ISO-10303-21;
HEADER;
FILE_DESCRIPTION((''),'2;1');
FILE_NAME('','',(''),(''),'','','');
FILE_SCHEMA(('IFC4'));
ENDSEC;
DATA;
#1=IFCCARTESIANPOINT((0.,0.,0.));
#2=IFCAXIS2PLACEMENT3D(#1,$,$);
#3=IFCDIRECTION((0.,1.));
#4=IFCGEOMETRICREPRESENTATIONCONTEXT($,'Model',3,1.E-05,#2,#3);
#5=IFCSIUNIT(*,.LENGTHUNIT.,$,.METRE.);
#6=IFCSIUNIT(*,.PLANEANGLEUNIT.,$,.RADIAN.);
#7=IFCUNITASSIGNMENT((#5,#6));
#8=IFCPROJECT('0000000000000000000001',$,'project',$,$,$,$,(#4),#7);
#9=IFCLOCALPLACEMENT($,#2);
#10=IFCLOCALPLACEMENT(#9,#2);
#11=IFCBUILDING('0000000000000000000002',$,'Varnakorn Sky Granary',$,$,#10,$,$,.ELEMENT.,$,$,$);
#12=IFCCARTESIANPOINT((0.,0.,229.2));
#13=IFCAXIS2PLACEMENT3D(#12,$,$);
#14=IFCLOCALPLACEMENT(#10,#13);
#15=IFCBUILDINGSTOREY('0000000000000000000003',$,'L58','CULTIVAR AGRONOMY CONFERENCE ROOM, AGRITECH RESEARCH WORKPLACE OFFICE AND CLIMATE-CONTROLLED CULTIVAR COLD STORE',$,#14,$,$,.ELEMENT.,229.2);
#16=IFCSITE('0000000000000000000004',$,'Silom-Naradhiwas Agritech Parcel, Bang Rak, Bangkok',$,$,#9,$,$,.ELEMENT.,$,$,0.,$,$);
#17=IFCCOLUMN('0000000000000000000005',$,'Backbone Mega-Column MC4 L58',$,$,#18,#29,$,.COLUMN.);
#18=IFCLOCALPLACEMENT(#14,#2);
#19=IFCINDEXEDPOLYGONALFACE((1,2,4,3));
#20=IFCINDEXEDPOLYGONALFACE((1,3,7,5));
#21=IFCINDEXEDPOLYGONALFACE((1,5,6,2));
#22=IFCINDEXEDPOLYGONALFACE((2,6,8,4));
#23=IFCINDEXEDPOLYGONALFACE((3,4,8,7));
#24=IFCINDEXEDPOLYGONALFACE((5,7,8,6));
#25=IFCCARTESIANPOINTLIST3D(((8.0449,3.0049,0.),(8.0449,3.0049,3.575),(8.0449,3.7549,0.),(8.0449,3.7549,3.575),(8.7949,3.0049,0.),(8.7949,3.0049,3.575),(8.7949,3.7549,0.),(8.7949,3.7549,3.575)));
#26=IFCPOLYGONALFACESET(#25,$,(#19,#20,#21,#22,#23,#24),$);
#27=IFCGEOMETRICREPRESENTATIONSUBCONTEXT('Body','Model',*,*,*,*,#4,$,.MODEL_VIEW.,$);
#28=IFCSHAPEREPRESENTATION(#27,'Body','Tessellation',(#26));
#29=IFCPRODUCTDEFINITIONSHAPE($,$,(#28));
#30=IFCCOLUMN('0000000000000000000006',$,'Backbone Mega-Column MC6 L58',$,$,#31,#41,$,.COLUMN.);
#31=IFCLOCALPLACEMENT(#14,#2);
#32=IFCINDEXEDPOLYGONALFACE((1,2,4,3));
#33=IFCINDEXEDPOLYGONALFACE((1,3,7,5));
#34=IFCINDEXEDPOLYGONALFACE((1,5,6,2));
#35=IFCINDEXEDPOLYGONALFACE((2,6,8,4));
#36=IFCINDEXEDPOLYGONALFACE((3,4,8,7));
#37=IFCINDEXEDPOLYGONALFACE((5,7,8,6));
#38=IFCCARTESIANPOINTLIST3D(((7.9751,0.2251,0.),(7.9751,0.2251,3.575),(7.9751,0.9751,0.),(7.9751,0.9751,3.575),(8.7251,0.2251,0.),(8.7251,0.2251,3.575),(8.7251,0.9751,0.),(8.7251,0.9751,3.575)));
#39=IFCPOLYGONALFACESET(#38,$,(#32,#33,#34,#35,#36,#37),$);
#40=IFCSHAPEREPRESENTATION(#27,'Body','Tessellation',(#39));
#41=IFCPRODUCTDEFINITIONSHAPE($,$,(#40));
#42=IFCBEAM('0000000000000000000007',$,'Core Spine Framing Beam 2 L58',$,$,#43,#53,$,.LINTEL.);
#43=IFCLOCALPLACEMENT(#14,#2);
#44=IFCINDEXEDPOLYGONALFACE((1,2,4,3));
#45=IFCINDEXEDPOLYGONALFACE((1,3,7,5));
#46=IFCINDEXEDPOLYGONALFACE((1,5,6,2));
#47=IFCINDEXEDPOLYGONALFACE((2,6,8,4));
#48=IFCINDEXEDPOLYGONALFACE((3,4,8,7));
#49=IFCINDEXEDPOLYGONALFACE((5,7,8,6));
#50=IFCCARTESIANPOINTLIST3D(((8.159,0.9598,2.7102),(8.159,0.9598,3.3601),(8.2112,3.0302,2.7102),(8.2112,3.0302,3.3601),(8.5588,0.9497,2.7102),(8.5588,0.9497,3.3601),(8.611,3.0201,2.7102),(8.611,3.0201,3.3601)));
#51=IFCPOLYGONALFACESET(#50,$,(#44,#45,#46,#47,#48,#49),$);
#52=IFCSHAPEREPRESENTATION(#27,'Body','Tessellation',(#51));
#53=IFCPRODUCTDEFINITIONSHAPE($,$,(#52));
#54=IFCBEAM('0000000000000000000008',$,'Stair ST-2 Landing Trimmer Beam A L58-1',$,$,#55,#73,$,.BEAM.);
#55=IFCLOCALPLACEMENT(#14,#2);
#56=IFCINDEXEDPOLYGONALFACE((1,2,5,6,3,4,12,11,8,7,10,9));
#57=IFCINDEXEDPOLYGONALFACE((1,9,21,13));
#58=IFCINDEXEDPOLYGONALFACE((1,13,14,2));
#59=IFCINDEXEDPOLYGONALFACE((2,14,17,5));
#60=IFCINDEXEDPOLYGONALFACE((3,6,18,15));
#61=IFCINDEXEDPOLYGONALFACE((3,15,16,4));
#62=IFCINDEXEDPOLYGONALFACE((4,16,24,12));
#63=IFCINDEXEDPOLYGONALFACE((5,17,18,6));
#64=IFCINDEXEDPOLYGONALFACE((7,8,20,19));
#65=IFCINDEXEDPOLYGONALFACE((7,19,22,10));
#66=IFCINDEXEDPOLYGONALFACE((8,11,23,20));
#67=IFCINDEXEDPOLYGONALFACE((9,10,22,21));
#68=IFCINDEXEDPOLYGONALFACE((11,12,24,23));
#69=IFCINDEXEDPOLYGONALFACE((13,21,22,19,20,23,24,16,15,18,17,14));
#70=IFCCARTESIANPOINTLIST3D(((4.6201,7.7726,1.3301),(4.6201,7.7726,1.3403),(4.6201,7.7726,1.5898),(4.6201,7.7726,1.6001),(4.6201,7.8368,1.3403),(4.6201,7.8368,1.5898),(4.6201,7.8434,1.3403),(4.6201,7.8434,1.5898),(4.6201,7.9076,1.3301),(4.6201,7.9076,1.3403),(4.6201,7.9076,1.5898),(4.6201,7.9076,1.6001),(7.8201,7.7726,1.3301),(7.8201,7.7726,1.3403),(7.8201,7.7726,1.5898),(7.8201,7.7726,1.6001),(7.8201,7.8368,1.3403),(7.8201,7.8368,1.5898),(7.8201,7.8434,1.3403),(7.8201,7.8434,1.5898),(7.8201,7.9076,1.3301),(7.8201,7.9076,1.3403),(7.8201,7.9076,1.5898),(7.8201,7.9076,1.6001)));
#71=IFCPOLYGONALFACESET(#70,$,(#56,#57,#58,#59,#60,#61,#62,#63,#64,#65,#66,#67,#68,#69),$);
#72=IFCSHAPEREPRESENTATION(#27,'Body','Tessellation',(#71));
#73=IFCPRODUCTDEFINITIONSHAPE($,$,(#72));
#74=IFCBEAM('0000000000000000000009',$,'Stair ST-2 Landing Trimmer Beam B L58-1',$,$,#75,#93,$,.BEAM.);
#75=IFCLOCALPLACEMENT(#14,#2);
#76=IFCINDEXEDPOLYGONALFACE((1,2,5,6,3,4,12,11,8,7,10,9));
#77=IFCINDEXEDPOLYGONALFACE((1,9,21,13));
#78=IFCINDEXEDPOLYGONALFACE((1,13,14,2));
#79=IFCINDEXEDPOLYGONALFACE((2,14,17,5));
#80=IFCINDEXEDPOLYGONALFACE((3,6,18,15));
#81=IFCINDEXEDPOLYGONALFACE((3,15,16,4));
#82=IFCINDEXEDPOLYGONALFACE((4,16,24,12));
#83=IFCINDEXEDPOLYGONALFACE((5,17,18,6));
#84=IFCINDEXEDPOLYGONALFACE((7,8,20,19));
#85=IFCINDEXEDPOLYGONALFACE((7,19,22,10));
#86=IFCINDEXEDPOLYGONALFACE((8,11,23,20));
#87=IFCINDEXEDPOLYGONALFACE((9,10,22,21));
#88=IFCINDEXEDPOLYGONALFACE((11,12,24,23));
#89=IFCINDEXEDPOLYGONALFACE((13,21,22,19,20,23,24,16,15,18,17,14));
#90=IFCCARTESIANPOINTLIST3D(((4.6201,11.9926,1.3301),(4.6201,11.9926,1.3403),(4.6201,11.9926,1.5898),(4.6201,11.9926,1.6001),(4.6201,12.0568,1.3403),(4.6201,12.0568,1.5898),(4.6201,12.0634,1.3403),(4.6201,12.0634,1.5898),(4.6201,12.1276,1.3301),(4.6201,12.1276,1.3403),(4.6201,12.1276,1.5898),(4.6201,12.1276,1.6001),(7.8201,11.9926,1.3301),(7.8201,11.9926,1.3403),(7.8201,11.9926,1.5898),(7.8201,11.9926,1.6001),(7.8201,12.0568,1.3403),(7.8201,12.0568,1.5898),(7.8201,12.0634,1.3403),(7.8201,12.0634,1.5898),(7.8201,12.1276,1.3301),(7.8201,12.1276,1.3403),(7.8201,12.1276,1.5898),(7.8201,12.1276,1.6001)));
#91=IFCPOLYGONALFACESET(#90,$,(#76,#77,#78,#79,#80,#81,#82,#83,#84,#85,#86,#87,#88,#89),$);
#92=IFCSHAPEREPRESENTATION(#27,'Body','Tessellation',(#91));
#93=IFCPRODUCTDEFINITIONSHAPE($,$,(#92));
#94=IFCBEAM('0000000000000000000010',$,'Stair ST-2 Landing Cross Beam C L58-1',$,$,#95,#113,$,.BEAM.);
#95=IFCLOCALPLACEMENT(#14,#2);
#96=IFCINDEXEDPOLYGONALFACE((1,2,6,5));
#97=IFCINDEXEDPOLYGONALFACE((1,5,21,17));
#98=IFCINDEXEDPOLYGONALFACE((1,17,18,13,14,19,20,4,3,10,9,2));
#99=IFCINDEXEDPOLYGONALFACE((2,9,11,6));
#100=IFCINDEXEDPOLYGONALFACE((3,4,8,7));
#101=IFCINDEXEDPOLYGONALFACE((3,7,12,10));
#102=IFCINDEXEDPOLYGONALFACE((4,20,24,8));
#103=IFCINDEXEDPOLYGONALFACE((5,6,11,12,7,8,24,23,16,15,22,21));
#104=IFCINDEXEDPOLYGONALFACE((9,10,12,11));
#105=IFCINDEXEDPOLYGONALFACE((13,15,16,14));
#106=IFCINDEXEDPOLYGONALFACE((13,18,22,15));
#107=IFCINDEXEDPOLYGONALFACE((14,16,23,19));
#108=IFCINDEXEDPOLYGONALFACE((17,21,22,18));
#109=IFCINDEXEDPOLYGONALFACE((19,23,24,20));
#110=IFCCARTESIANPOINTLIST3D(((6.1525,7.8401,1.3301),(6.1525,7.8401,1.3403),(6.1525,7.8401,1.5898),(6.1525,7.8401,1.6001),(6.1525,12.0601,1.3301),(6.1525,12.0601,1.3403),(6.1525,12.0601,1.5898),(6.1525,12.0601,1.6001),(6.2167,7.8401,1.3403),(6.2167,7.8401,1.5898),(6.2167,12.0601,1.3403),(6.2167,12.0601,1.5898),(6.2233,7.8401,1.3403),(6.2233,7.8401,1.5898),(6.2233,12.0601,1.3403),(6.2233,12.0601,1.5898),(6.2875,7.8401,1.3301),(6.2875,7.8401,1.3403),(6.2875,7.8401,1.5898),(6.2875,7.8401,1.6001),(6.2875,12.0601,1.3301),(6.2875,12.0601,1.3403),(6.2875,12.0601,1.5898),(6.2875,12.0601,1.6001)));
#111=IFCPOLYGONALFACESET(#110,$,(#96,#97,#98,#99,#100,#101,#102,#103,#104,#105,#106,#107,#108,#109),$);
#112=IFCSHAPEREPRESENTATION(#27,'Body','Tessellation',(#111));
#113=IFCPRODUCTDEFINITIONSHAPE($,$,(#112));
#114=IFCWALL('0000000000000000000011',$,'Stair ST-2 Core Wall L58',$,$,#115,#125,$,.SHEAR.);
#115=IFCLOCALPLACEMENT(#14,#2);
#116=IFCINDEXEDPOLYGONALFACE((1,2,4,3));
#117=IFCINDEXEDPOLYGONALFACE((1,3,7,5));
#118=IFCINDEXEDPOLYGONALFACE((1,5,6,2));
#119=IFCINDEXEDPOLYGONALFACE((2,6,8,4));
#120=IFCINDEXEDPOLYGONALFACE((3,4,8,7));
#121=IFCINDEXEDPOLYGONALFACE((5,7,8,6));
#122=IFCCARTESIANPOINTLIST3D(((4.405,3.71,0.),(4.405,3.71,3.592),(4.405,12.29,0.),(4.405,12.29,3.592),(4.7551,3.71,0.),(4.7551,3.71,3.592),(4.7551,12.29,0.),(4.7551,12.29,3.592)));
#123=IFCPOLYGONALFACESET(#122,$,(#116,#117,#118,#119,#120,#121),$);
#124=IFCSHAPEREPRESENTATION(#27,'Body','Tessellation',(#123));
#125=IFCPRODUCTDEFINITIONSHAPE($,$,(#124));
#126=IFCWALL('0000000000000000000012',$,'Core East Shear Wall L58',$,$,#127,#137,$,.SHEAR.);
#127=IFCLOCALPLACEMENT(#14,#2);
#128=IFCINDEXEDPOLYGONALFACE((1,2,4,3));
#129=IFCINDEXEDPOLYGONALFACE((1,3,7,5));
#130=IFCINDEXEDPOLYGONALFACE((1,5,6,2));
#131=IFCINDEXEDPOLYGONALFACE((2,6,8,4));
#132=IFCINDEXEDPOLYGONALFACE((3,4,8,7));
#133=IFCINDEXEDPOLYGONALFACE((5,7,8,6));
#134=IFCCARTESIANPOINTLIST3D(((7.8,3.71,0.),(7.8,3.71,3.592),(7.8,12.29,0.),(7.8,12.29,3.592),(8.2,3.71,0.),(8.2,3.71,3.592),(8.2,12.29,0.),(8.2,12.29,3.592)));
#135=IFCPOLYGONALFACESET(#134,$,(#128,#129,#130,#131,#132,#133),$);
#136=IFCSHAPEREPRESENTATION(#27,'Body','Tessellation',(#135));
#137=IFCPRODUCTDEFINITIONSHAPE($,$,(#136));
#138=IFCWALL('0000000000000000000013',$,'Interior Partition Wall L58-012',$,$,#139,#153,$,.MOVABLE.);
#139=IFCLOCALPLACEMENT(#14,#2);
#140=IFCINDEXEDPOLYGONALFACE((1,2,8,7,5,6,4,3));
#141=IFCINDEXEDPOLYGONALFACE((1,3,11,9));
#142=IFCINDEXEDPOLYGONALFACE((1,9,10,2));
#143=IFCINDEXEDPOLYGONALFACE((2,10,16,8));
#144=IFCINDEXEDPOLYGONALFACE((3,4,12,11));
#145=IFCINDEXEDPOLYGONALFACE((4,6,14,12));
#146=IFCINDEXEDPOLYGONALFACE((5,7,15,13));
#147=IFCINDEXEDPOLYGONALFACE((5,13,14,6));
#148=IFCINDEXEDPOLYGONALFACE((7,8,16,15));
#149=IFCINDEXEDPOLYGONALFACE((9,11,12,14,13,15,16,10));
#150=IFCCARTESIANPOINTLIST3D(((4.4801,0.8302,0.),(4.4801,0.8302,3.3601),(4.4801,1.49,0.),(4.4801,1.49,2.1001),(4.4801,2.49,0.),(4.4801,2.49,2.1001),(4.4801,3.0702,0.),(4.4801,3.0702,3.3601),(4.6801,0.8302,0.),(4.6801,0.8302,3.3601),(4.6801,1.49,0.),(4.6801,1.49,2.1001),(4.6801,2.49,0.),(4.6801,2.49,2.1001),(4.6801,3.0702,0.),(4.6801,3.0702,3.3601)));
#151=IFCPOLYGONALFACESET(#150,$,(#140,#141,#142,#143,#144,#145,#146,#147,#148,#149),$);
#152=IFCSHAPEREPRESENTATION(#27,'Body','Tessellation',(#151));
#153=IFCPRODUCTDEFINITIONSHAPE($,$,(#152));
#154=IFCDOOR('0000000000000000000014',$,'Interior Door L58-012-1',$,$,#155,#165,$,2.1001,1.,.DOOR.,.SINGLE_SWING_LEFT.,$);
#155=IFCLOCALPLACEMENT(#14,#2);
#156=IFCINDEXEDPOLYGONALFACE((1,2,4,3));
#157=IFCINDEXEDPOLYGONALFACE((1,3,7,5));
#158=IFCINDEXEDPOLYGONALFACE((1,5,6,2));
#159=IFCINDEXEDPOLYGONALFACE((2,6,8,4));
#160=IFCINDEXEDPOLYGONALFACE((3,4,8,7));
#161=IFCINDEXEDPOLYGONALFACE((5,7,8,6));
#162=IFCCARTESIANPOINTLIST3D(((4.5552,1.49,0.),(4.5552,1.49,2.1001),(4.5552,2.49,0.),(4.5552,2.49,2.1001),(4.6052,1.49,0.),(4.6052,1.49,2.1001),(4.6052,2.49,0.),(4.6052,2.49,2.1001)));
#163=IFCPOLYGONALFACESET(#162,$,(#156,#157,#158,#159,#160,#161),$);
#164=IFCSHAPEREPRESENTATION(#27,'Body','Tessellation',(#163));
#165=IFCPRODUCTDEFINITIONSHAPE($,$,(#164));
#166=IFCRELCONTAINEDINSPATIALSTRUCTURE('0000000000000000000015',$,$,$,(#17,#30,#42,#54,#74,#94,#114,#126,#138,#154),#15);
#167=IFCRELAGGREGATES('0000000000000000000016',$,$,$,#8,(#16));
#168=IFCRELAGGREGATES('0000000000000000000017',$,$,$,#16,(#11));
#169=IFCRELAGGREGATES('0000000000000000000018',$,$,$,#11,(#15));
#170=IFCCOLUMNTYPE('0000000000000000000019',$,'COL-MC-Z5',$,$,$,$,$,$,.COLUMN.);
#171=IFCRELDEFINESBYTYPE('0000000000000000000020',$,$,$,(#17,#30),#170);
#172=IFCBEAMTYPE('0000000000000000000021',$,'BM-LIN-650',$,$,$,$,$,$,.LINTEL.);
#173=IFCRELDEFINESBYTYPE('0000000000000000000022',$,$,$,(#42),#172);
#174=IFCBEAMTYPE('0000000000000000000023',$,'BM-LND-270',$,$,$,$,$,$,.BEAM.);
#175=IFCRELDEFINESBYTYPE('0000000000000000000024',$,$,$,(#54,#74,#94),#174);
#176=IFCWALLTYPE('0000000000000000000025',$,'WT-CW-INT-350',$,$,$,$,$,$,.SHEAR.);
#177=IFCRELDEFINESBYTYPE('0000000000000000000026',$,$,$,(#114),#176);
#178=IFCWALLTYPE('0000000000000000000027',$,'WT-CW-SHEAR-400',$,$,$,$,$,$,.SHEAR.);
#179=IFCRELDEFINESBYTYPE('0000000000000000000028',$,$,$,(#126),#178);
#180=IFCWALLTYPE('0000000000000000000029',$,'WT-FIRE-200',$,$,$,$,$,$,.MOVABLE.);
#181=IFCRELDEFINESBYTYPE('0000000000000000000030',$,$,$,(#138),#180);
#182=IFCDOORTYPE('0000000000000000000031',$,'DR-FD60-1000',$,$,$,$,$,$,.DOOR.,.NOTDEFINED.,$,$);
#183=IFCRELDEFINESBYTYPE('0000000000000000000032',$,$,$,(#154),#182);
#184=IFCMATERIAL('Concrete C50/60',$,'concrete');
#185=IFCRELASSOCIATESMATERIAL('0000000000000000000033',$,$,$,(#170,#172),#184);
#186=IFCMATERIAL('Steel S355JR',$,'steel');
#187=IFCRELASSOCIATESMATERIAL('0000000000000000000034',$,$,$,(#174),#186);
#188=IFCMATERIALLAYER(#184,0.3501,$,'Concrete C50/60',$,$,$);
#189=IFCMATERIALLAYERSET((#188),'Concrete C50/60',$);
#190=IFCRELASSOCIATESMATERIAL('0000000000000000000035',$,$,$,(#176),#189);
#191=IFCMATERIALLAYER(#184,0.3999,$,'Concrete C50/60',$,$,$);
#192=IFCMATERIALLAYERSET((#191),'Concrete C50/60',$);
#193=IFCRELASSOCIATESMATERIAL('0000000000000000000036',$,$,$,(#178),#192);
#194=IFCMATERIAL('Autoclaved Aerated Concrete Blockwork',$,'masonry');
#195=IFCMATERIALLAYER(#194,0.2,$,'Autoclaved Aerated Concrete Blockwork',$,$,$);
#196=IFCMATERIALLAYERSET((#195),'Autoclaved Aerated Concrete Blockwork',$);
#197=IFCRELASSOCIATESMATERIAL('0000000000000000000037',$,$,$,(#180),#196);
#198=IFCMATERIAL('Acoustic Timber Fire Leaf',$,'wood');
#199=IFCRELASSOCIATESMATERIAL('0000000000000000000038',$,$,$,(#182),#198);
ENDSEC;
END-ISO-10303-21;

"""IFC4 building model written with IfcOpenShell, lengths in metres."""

from ifc_helpers import new_model, si_unit, direction, frame, frame_2d, origin, origin_2d, place, context, subcontext, project, spatial, rectangle, i_section, extrude, material, layer, layer_set, material_profile, profile_set, type_object, element, fill, save


model = new_model("IFC4")

# Units and contexts
model_context = context("Model", 3, precision=1e-05, world=origin(), true_north=direction((0.0, 1.0)))
body_context = subcontext(model_context, "Body", "Model", "MODEL_VIEW")
ifc_project = project(units=[si_unit("LENGTHUNIT", "METRE"), si_unit("PLANEANGLEUNIT", "RADIAN")], contexts=[model_context])

# Site, building, storey
site_placement = place(None, origin())
site = spatial("IfcSite", under=ifc_project, at=site_placement, Name="Silom-Naradhiwas Agritech Parcel, Bang Rak, Bangkok", CompositionType="ELEMENT", RefElevation=0.0)
building_placement = place(site_placement, origin())
building = spatial("IfcBuilding", under=site, at=building_placement, Name="Varnakorn Sky Granary", CompositionType="ELEMENT")
storey_placement = place(building_placement, frame((0.0, 0.0, 229.2)))
storey = spatial("IfcBuildingStorey", under=building, at=storey_placement, Name="L58", Description="CULTIVAR AGRONOMY CONFERENCE ROOM, AGRITECH RESEARCH WORKPLACE OFFICE AND CLIMATE-CONTROLLED CULTIVAR COLD STORE", CompositionType="ELEMENT", Elevation=229.2)

# Columns
ifc_material_1 = material(Name="Concrete C50/60", Category="concrete")
ifc_material_profile_1 = material_profile(ifc_material_1, rectangle(XDim=0.75, YDim=0.75, at=origin_2d()), Name="RC 750x750")
ifc_profile_set_1 = profile_set([ifc_material_profile_1], Name="Concrete C50/60")
column_type = type_object("IfcColumnType", Name="COL-MC-Z5", PredefinedType="COLUMN", material=ifc_profile_set_1)
for number, where, z_axis, x_axis, name in (
    (1, (8.4199, 3.3799, 0.0), (0.0, 0.0, 1.0), (1.0, 0.0, 0.0), "Backbone Mega-Column MC4 L58"),
    (2, (8.3501, 0.6001, 0.0), (0.0, 0.0, 1.0), (1.0, 0.0, 0.0), "Backbone Mega-Column MC6 L58"),
):
    element("IfcColumn", number, at=place(storey_placement, frame(where, z_axis=z_axis, x_axis=x_axis)), inside=storey, type_object=column_type, Name=name, PredefinedType="COLUMN", context=body_context, shape_type="SweptSolid", body=[
        extrude(rectangle(XDim=0.75, YDim=0.75, at=origin_2d()), origin(), (0.0, 0.0, 1.0), 3.575),
    ])

# Beams
ifc_material_profile_2 = material_profile(ifc_material_1, rectangle(XDim=0.3999, YDim=0.6499, at=origin_2d()), Name="RC 400x650")
ifc_profile_set_2 = profile_set([ifc_material_profile_2], Name="Concrete C50/60")
beam_type_1 = type_object("IfcBeamType", Name="BM-LIN-650", PredefinedType="LINTEL", material=ifc_profile_set_2)
beam_1_placement = place(storey_placement, frame((8.4111, 3.0251, 3.0352), z_axis=(-0.025228, -0.999682, 0.0), x_axis=(0.999682, -0.025228, 0.0)))
element("IfcBeam", 3, at=beam_1_placement, inside=storey, type_object=beam_type_1, Name="Core Spine Framing Beam 2 L58", PredefinedType="LINTEL", context=body_context, shape_type="SweptSolid", body=[
    extrude(rectangle(XDim=0.3999, YDim=0.6499, at=origin_2d()), origin(), (0.0, 0.0, 1.0), 2.071),
])
ifc_material_2 = material(Name="Steel S355JR", Category="steel")
ifc_material_profile_3 = material_profile(ifc_material_2, i_section(OverallWidth=0.135, OverallDepth=0.27, WebThickness=0.0066, FlangeThickness=0.0103, at=origin_2d()), Name="IPE 270")
ifc_profile_set_3 = profile_set([ifc_material_profile_3], Name="Steel S355JR")
beam_type_2 = type_object("IfcBeamType", Name="BM-LND-270", PredefinedType="BEAM", material=ifc_profile_set_3)
for number, where, z_axis, x_axis, name in (
    (4, (4.6201, 7.8401, 1.4651), (1.0, 0.0, 0.0), (0.0, 1.0, 0.0), "Stair ST-2 Landing Trimmer Beam A L58-1"),
    (5, (4.6201, 12.0601, 1.4651), (1.0, 0.0, 0.0), (0.0, 1.0, 0.0), "Stair ST-2 Landing Trimmer Beam B L58-1"),
):
    element("IfcBeam", number, at=place(storey_placement, frame(where, z_axis=z_axis, x_axis=x_axis)), inside=storey, type_object=beam_type_2, Name=name, PredefinedType="BEAM", context=body_context, shape_type="SweptSolid", body=[
        extrude(i_section(OverallWidth=0.135, OverallDepth=0.27, WebThickness=0.0066, FlangeThickness=0.0103, at=origin_2d()), origin(), (0.0, 0.0, 1.0), 3.2),
    ])
beam_2_placement = place(storey_placement, frame((6.22, 7.8401, 1.4651), z_axis=(0.0, 1.0, 0.0), x_axis=(-1.0, 0.0, 0.0)))
element("IfcBeam", 6, at=beam_2_placement, inside=storey, type_object=beam_type_2, Name="Stair ST-2 Landing Cross Beam C L58-1", PredefinedType="BEAM", context=body_context, shape_type="SweptSolid", body=[
    extrude(i_section(OverallWidth=0.135, OverallDepth=0.27, WebThickness=0.0066, FlangeThickness=0.0103, at=origin_2d()), origin(), (0.0, 0.0, 1.0), 4.22),
])

# Walls
ifc_layer_1 = layer(ifc_material_1, 0.3501, Name="Concrete C50/60")
ifc_layer_set_1 = layer_set([ifc_layer_1], Name="Concrete C50/60")
wall_type_1 = type_object("IfcWallType", Name="WT-CW-INT-350", PredefinedType="SHEAR", material=ifc_layer_set_1)
wall_1_placement = place(storey_placement, frame((4.5801, 3.71, 0.0), z_axis=(0.0, 0.0, 1.0), x_axis=(0.0, 1.0, 0.0)))
element("IfcWall", 7, at=wall_1_placement, inside=storey, type_object=wall_type_1, Name="Stair ST-2 Core Wall L58", PredefinedType="SHEAR", context=body_context, shape_type="SweptSolid", body=[
    extrude(rectangle(XDim=8.5801, YDim=0.3501, at=frame_2d((4.29, 0.0))), origin(), (0.0, 0.0, 1.0), 3.592),
])
ifc_layer_2 = layer(ifc_material_1, 0.3999, Name="Concrete C50/60")
ifc_layer_set_2 = layer_set([ifc_layer_2], Name="Concrete C50/60")
wall_type_2 = type_object("IfcWallType", Name="WT-CW-SHEAR-400", PredefinedType="SHEAR", material=ifc_layer_set_2)
wall_2_placement = place(storey_placement, frame((8.0, 3.71, 0.0), z_axis=(0.0, 0.0, 1.0), x_axis=(0.0, 1.0, 0.0)))
element("IfcWall", 8, at=wall_2_placement, inside=storey, type_object=wall_type_2, Name="Core East Shear Wall L58", PredefinedType="SHEAR", context=body_context, shape_type="SweptSolid", body=[
    extrude(rectangle(XDim=8.5801, YDim=0.3999, at=frame_2d((4.29, 0.0))), origin(), (0.0, 0.0, 1.0), 3.592),
])

# Wall, opening, door
ifc_material_3 = material(Name="Autoclaved Aerated Concrete Blockwork", Category="masonry")
ifc_layer_3 = layer(ifc_material_3, 0.2, Name="Autoclaved Aerated Concrete Blockwork")
ifc_layer_set_3 = layer_set([ifc_layer_3], Name="Autoclaved Aerated Concrete Blockwork")
wall_type_3 = type_object("IfcWallType", Name="WT-FIRE-200", PredefinedType="MOVABLE", material=ifc_layer_set_3)
wall_3_placement = place(storey_placement, frame((4.5801, 0.8301, 0.0), z_axis=(0.0, 0.0, 1.0), x_axis=(0.0, 1.0, 0.0)))
wall_3 = element("IfcWall", 9, at=wall_3_placement, inside=storey, type_object=wall_type_3, Name="Interior Partition Wall L58-012", PredefinedType="MOVABLE", context=body_context, shape_type="SweptSolid", body=[
    extrude(rectangle(XDim=2.24, YDim=0.2, at=frame_2d((1.1201, 0.0))), origin(), (0.0, 0.0, 1.0), 3.3601),
])
opening_1_placement = place(wall_3_placement, frame((0.6599, 0.0, 0.0)))
opening_1 = element("IfcOpeningElement", 10, at=opening_1_placement, cuts=wall_3, PredefinedType="OPENING", context=body_context, shape_type="SweptSolid", body=[
    extrude(rectangle(XDim=1.0, YDim=2.1001, at=frame_2d((0.5, 1.05))), frame((0.0, 0.1099, 0.0), z_axis=(0.0, -1.0, 0.0), x_axis=(1.0, 0.0, 0.0)), (0.0, 0.0, 1.0), 0.22),
])
ifc_material_4 = material(Name="Acoustic Timber Fire Leaf", Category="wood")
door_type_1 = type_object("IfcDoorType", Name="DR-FD60-1000", OperationType="NOTDEFINED", PredefinedType="DOOR", material=ifc_material_4)
door_1_placement = place(opening_1_placement, origin())
door_1 = element("IfcDoor", 11, at=door_1_placement, inside=storey, type_object=door_type_1, Name="Interior Door L58-012-1", OperationType="SINGLE_SWING_LEFT", OverallHeight=2.1001, OverallWidth=1.0, PredefinedType="DOOR", context=body_context, shape_type="SweptSolid", body=[
    extrude(rectangle(XDim=1.0, YDim=2.1001, at=frame_2d((0.5, 1.05))), frame((0.0, 0.0249, 0.0), z_axis=(0.0, -1.0, 0.0), x_axis=(1.0, 0.0, 0.0)), (0.0, 0.0, 1.0), 0.05),
])
fill(opening_1, door_1)

save(model, "model.ifc")
